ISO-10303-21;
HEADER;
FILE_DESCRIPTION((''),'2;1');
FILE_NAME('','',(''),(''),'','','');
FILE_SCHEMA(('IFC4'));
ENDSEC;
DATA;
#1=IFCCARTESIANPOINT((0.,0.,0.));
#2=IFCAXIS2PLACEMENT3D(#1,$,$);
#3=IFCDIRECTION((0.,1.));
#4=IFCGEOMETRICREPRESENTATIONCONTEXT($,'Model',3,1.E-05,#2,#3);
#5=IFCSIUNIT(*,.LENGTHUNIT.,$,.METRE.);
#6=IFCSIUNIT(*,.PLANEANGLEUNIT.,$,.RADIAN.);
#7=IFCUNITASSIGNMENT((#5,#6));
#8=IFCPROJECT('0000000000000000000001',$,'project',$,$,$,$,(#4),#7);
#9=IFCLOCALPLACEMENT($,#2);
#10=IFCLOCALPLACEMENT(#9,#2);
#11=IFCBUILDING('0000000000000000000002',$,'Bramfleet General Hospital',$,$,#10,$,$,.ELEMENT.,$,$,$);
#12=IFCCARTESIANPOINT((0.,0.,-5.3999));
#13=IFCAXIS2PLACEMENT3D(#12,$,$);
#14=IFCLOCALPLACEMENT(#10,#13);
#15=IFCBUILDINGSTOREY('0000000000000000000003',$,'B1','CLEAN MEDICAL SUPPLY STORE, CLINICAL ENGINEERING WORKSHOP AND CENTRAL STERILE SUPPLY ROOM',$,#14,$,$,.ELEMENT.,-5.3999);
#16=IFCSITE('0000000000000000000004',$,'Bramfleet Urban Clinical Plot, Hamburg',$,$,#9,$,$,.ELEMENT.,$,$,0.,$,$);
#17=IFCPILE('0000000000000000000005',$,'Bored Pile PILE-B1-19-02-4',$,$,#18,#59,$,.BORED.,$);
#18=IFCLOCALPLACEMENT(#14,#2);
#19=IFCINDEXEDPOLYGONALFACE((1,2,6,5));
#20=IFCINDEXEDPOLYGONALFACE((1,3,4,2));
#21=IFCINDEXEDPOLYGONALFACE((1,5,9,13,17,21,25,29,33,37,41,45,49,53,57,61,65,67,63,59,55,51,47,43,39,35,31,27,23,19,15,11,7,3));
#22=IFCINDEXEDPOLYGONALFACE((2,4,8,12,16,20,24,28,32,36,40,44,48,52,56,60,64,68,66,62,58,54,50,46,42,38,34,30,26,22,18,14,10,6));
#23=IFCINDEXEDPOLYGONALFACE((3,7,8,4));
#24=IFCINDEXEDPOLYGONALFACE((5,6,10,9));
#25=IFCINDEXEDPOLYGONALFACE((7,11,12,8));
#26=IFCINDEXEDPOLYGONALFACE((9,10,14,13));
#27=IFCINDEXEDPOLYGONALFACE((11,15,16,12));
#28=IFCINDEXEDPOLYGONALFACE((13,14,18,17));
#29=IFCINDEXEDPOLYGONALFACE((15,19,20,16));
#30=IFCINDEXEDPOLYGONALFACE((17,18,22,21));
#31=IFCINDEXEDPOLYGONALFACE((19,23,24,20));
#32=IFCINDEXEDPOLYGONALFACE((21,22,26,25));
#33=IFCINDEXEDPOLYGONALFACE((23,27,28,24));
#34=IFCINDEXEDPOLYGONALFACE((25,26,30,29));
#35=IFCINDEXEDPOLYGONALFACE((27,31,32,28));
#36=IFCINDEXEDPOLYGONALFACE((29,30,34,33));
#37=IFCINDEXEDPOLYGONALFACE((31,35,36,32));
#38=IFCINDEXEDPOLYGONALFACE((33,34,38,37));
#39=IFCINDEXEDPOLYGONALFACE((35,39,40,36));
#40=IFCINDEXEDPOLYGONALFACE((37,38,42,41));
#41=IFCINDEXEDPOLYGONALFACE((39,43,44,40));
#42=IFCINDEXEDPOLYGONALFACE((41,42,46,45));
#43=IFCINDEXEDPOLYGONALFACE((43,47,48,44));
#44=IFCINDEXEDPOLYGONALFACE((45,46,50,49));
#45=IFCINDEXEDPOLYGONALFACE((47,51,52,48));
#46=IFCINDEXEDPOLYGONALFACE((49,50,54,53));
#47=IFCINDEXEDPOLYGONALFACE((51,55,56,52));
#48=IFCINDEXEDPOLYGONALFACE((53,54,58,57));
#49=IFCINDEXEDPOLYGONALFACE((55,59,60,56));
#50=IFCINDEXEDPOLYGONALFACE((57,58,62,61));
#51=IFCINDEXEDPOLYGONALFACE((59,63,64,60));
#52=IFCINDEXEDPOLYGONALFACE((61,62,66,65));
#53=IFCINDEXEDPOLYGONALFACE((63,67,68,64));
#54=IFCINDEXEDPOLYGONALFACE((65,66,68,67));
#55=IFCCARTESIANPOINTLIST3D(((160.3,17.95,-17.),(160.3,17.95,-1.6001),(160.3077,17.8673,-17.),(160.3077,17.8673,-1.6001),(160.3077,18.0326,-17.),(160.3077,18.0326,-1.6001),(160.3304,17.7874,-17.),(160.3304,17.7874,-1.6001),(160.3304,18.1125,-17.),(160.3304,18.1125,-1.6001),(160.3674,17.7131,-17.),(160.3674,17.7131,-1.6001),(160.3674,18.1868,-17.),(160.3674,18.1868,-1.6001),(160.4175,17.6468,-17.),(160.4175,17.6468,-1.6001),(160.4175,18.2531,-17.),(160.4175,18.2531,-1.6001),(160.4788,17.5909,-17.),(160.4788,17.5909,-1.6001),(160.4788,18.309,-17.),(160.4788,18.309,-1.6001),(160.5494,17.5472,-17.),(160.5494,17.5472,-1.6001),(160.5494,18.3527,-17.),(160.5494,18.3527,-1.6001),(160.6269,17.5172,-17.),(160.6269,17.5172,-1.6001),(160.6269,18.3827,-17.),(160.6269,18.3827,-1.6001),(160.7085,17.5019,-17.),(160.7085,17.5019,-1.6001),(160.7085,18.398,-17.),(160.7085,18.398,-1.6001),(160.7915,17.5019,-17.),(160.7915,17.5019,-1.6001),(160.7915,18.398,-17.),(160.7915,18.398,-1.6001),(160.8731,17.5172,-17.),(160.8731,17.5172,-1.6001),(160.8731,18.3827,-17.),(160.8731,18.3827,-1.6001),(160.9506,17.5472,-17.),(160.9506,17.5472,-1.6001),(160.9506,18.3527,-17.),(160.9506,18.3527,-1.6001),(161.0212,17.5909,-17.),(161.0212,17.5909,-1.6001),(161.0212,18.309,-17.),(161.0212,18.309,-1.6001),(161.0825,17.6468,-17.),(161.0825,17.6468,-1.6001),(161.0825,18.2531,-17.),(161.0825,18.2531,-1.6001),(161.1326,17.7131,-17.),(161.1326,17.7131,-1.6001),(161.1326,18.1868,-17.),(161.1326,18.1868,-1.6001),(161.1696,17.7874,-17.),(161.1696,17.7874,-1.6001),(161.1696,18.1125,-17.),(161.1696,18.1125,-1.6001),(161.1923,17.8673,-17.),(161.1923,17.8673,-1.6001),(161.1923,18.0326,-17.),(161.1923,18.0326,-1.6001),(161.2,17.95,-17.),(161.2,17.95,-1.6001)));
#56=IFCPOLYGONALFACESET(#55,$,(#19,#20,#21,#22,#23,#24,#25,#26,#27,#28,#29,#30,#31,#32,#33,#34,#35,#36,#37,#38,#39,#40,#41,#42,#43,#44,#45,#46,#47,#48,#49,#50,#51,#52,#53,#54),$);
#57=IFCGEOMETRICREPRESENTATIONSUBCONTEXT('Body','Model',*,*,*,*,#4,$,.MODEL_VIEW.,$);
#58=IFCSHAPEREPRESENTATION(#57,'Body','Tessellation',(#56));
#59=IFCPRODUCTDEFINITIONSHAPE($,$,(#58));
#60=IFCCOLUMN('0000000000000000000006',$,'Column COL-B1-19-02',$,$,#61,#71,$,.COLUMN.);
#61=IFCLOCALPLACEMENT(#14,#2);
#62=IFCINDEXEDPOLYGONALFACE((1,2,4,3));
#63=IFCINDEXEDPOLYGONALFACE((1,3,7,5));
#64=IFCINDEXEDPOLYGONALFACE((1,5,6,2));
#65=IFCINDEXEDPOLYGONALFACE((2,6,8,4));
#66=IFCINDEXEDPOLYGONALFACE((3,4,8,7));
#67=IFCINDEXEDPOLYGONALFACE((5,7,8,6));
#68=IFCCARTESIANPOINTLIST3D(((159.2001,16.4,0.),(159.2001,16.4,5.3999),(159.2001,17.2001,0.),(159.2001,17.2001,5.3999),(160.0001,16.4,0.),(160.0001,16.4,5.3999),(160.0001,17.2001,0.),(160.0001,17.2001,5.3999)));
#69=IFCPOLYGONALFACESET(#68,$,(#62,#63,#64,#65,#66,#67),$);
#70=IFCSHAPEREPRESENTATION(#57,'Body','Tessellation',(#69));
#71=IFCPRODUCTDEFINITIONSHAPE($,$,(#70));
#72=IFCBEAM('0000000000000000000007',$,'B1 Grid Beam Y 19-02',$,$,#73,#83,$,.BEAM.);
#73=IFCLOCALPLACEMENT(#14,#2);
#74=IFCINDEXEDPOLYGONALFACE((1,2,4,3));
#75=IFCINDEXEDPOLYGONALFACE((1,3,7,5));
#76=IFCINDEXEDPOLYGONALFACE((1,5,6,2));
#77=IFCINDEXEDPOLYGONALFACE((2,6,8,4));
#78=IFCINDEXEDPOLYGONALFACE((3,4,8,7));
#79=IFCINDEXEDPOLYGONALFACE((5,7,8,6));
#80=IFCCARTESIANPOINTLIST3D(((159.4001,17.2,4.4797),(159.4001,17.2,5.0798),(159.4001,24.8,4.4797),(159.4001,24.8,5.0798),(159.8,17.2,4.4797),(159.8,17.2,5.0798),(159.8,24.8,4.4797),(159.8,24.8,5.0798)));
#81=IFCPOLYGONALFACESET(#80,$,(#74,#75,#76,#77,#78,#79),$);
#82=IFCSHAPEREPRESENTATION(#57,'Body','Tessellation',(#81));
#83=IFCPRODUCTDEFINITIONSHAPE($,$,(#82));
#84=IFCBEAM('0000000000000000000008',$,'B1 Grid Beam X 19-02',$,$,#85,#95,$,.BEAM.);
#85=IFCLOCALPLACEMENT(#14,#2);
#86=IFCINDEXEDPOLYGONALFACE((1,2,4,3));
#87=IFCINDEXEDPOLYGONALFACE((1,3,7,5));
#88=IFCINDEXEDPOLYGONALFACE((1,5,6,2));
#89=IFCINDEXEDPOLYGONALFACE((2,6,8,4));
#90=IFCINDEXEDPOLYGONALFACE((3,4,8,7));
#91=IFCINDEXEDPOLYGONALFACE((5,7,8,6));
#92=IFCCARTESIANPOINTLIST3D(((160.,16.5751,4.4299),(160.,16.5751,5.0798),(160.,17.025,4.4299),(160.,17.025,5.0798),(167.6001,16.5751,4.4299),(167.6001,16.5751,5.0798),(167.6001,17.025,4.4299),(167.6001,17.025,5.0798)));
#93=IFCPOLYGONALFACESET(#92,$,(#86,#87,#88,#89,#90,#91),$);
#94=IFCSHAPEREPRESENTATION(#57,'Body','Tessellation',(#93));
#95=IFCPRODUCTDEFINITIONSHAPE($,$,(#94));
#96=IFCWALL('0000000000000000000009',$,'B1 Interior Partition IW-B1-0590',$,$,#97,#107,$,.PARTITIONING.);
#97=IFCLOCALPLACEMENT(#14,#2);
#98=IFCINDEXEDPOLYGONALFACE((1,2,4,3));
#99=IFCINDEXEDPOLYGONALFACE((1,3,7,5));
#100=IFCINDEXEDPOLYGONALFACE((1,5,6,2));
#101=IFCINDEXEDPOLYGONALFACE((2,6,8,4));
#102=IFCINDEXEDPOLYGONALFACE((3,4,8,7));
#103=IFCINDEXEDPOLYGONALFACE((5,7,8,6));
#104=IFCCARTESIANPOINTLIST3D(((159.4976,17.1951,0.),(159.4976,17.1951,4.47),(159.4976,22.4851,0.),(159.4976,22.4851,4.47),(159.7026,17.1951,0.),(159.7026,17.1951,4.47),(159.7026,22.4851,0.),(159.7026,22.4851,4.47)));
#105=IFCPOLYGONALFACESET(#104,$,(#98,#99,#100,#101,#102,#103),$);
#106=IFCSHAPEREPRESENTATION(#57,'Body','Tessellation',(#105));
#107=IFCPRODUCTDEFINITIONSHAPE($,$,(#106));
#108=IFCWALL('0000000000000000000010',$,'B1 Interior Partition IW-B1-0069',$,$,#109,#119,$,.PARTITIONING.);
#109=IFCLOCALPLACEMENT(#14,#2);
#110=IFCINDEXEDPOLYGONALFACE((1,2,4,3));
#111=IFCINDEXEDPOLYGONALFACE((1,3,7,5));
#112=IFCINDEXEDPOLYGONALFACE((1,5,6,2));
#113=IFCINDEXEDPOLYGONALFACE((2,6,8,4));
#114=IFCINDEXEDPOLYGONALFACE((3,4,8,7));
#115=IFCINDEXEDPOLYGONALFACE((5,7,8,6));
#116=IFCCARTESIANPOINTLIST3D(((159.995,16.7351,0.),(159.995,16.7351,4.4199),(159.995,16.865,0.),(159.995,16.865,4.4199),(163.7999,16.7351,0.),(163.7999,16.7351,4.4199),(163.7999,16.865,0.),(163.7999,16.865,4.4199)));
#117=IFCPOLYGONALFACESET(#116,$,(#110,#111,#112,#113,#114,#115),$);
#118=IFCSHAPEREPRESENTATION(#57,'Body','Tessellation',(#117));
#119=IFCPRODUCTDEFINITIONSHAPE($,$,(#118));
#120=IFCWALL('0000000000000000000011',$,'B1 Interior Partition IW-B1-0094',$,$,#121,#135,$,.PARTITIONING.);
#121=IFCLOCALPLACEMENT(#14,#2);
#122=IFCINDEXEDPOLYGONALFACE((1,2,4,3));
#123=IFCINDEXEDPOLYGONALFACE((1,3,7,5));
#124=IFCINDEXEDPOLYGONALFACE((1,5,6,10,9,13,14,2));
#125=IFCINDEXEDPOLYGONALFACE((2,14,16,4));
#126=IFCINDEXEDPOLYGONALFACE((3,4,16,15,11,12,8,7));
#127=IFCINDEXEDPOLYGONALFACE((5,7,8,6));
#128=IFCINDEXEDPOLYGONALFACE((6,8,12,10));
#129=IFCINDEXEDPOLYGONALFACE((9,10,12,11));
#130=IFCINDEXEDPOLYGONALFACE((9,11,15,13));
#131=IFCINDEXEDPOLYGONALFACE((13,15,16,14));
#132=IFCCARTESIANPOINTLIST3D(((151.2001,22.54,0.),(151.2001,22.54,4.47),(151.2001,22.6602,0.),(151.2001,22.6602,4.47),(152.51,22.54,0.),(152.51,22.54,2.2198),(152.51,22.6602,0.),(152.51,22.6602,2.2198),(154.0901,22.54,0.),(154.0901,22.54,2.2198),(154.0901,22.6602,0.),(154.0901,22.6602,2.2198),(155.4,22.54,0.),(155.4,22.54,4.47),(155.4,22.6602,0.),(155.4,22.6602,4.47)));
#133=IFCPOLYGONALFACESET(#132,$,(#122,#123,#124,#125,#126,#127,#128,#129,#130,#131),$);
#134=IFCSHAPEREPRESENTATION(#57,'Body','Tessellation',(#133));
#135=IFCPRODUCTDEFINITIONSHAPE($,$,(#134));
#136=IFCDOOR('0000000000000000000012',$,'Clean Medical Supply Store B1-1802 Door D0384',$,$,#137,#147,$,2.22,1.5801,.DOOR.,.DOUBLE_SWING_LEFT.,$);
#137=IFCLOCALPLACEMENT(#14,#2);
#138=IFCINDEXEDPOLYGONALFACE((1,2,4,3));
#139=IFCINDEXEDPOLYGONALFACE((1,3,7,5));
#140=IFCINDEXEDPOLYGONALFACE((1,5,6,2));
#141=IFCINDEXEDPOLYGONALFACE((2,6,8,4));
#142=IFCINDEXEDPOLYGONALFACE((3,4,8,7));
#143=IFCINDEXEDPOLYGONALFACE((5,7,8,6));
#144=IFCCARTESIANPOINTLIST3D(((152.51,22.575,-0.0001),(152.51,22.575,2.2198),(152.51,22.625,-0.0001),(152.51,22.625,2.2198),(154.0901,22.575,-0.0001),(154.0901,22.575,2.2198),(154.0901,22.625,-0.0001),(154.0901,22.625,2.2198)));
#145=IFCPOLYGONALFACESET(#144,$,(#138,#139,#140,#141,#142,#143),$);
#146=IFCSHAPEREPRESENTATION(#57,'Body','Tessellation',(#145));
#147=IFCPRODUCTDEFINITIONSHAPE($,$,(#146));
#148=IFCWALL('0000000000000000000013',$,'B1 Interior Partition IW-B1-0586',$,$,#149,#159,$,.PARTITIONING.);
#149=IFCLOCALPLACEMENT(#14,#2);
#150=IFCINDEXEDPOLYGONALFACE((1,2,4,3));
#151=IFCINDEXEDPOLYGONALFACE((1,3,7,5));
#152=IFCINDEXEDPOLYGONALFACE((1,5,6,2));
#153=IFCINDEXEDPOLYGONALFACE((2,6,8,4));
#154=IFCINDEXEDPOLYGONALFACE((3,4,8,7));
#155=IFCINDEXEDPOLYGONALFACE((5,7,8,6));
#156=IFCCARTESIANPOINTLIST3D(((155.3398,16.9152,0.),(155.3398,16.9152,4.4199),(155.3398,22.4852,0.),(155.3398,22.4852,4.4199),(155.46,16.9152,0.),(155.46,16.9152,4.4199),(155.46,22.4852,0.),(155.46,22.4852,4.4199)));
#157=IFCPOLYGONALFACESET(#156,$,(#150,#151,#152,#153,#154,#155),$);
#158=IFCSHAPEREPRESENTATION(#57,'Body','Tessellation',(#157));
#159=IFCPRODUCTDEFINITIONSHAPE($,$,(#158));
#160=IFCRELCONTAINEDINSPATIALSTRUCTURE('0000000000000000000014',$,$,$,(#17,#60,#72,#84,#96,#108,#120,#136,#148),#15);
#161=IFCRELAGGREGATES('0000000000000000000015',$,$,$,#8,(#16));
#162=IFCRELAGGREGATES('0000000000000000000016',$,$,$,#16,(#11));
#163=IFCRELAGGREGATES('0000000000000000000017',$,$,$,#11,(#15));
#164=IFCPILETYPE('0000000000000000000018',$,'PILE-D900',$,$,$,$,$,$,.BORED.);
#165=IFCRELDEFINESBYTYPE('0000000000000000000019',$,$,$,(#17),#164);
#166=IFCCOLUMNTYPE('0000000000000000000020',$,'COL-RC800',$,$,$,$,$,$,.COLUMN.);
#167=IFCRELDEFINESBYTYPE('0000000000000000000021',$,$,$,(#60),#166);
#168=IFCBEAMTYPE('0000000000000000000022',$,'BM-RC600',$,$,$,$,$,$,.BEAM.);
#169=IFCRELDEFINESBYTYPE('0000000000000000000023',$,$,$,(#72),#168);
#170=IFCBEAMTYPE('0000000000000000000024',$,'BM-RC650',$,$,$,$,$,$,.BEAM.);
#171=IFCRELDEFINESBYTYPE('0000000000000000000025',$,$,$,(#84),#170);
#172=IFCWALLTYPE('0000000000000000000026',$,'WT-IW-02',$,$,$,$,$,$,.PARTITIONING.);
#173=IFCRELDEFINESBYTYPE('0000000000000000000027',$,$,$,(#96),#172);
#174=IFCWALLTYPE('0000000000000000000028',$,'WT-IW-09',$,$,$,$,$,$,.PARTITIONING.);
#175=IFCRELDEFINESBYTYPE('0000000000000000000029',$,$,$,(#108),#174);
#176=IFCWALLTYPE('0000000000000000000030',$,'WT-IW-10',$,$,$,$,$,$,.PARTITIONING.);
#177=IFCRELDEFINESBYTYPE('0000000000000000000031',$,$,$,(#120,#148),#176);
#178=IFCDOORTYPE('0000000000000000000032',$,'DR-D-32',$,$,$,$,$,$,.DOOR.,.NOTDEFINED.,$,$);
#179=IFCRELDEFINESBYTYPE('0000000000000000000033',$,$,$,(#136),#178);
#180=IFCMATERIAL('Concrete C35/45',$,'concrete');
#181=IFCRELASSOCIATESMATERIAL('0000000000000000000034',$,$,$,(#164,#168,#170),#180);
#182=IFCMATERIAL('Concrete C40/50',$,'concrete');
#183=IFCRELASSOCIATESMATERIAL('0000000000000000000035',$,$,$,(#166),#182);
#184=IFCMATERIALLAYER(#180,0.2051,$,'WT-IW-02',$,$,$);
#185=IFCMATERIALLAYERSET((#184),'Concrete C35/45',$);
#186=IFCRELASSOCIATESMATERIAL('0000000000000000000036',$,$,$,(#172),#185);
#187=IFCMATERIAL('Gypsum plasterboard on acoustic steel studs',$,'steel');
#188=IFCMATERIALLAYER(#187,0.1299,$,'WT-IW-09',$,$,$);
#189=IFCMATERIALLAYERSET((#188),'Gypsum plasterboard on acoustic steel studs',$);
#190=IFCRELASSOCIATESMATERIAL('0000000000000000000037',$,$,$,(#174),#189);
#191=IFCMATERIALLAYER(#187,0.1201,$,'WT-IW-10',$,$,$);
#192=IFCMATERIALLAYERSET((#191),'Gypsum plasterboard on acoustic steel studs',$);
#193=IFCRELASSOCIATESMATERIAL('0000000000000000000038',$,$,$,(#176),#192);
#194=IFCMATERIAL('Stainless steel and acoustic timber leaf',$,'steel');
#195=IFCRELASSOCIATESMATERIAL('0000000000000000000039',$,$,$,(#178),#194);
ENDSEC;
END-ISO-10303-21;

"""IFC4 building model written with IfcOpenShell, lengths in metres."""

from ifc_helpers import new_model, si_unit, direction, frame, frame_2d, origin, origin_2d, place, context, subcontext, project, spatial, rectangle, circle, extrude, material, layer, layer_set, material_profile, profile_set, type_object, element, fill, save


model = new_model("IFC4")

# Units and contexts
model_context = context("Model", 3, precision=1e-05, world=origin(), true_north=direction((0.0, 1.0)))
body_context = subcontext(model_context, "Body", "Model", "MODEL_VIEW")
ifc_project = project(units=[si_unit("LENGTHUNIT", "METRE"), si_unit("PLANEANGLEUNIT", "RADIAN")], contexts=[model_context])

# Site, building, storey
site_placement = place(None, origin())
site = spatial("IfcSite", under=ifc_project, at=site_placement, Name="Bramfleet Urban Clinical Plot, Hamburg", CompositionType="ELEMENT", RefElevation=0.0)
building_placement = place(site_placement, origin())
building = spatial("IfcBuilding", under=site, at=building_placement, Name="Bramfleet General Hospital", CompositionType="ELEMENT")
storey_placement = place(building_placement, frame((0.0, 0.0, -5.3999)))
storey = spatial("IfcBuildingStorey", under=building, at=storey_placement, Name="B1", Description="CLEAN MEDICAL SUPPLY STORE, CLINICAL ENGINEERING WORKSHOP AND CENTRAL STERILE SUPPLY ROOM", CompositionType="ELEMENT", Elevation=-5.3999)

# Shared definitions
ifc_material_1 = material(Name="Concrete C35/45", Category="concrete")

# Pile
ifc_material_profile_1 = material_profile(ifc_material_1, circle(Radius=0.45, at=origin_2d()), Name="PILE BORED D900")
ifc_profile_set_1 = profile_set([ifc_material_profile_1], Name="Concrete C35/45")
pile_type = type_object("IfcPileType", Name="PILE-D900", PredefinedType="BORED", material=ifc_profile_set_1)
for number, where, z_axis, x_axis, name in (
    (1, (160.75, 17.95, -1.6001), (0.0, 0.0, -1.0), (1.0, 0.0, 0.0), "Bored Pile PILE-B1-19-02-4"),
):
    element("IfcPile", number, at=place(storey_placement, frame(where, z_axis=z_axis, x_axis=x_axis)), inside=storey, type_object=pile_type, Name=name, PredefinedType="BORED", context=body_context, shape_type="SweptSolid", body=[
        extrude(circle(Radius=0.45, at=origin_2d()), origin(), (0.0, 0.0, 1.0), 15.3999),
    ])

# Column
ifc_material_2 = material(Name="Concrete C40/50", Category="concrete")
ifc_material_profile_2 = material_profile(ifc_material_2, rectangle(XDim=0.8, YDim=0.8, at=origin_2d()), Name="RC COL 800x800")
ifc_profile_set_2 = profile_set([ifc_material_profile_2], Name="Concrete C40/50")
column_type = type_object("IfcColumnType", Name="COL-RC800", PredefinedType="COLUMN", material=ifc_profile_set_2)
column_placement = place(storey_placement, frame((159.6001, 16.8, 0.0), z_axis=(0.0, 0.0, 1.0), x_axis=(1.0, 0.0, 0.0)))
element("IfcColumn", 2, at=column_placement, inside=storey, type_object=column_type, Name="Column COL-B1-19-02", PredefinedType="COLUMN", context=body_context, shape_type="SweptSolid", body=[
    extrude(rectangle(XDim=0.8, YDim=0.8, at=origin_2d()), origin(), (0.0, 0.0, 1.0), 5.3999),
])

# Beams
ifc_material_profile_3 = material_profile(ifc_material_1, rectangle(XDim=0.3999, YDim=0.6001, at=origin_2d()), Name="RC BM 600x400")
ifc_profile_set_3 = profile_set([ifc_material_profile_3], Name="Concrete C35/45")
beam_type_1 = type_object("IfcBeamType", Name="BM-RC600", PredefinedType="BEAM", material=ifc_profile_set_3)
beam_1_placement = place(storey_placement, frame((159.6001, 17.2, 4.7798), z_axis=(0.0, 1.0, 0.0), x_axis=(-1.0, 0.0, 0.0)))
element("IfcBeam", 3, at=beam_1_placement, inside=storey, type_object=beam_type_1, Name="B1 Grid Beam Y 19-02", PredefinedType="BEAM", context=body_context, shape_type="SweptSolid", body=[
    extrude(rectangle(XDim=0.3999, YDim=0.6001, at=origin_2d()), origin(), (0.0, 0.0, 1.0), 7.6001),
])
ifc_material_profile_4 = material_profile(ifc_material_1, rectangle(XDim=0.45, YDim=0.6499, at=origin_2d()), Name="RC BM 650x450")
ifc_profile_set_4 = profile_set([ifc_material_profile_4], Name="Concrete C35/45")
beam_type_2 = type_object("IfcBeamType", Name="BM-RC650", PredefinedType="BEAM", material=ifc_profile_set_4)
beam_2_placement = place(storey_placement, frame((160.0, 16.8, 4.7549), z_axis=(1.0, 0.0, 0.0), x_axis=(0.0, 1.0, 0.0)))
element("IfcBeam", 4, at=beam_2_placement, inside=storey, type_object=beam_type_2, Name="B1 Grid Beam X 19-02", PredefinedType="BEAM", context=body_context, shape_type="SweptSolid", body=[
    extrude(rectangle(XDim=0.45, YDim=0.6499, at=origin_2d()), origin(), (0.0, 0.0, 1.0), 7.6001),
])

# Walls
ifc_layer_1 = layer(ifc_material_1, 0.2051, Name="WT-IW-02")
ifc_layer_set_1 = layer_set([ifc_layer_1], Name="Concrete C35/45")
wall_type_1 = type_object("IfcWallType", Name="WT-IW-02", PredefinedType="PARTITIONING", material=ifc_layer_set_1)
wall_1_placement = place(storey_placement, frame((159.6001, 17.1951, 0.0), z_axis=(0.0, 0.0, 1.0), x_axis=(0.0, 1.0, 0.0)))
element("IfcWall", 5, at=wall_1_placement, inside=storey, type_object=wall_type_1, Name="B1 Interior Partition IW-B1-0590", PredefinedType="PARTITIONING", context=body_context, shape_type="SweptSolid", body=[
    extrude(rectangle(XDim=5.29, YDim=0.2051, at=frame_2d((2.645, 0.0))), origin(), (0.0, 0.0, 1.0), 4.47),
])
ifc_material_3 = material(Name="Gypsum plasterboard on acoustic steel studs", Category="steel")
ifc_layer_2 = layer(ifc_material_3, 0.1299, Name="WT-IW-09")
ifc_layer_set_2 = layer_set([ifc_layer_2], Name="Gypsum plasterboard on acoustic steel studs")
wall_type_2 = type_object("IfcWallType", Name="WT-IW-09", PredefinedType="PARTITIONING", material=ifc_layer_set_2)
wall_2_placement = place(storey_placement, frame((159.9951, 16.8, 0.0), z_axis=(0.0, 0.0, 1.0), x_axis=(1.0, 0.0, 0.0)))
element("IfcWall", 6, at=wall_2_placement, inside=storey, type_object=wall_type_2, Name="B1 Interior Partition IW-B1-0069", PredefinedType="PARTITIONING", context=body_context, shape_type="SweptSolid", body=[
    extrude(rectangle(XDim=3.8049, YDim=0.1299, at=frame_2d((1.9023, 0.0))), origin(), (0.0, 0.0, 1.0), 4.4199),
])

# Wall, opening, door
ifc_layer_3 = layer(ifc_material_3, 0.1201, Name="WT-IW-10")
ifc_layer_set_3 = layer_set([ifc_layer_3], Name="Gypsum plasterboard on acoustic steel studs")
wall_type_3 = type_object("IfcWallType", Name="WT-IW-10", PredefinedType="PARTITIONING", material=ifc_layer_set_3)
wall_3_placement = place(storey_placement, frame((151.2, 22.6001, 0.0), z_axis=(0.0, 0.0, 1.0), x_axis=(1.0, 0.0, 0.0)))
wall_3 = element("IfcWall", 7, at=wall_3_placement, inside=storey, type_object=wall_type_3, Name="B1 Interior Partition IW-B1-0094", PredefinedType="PARTITIONING", context=body_context, shape_type="SweptSolid", body=[
    extrude(rectangle(XDim=4.2, YDim=0.1201, at=frame_2d((2.1001, 0.0))), origin(), (0.0, 0.0, 1.0), 4.47),
])
opening_1_placement = place(wall_3_placement, frame((1.3101, 0.0, 0.0)))
opening_1 = element("IfcOpeningElement", 8, at=opening_1_placement, cuts=wall_3, PredefinedType="OPENING", context=body_context, shape_type="SweptSolid", body=[
    extrude(rectangle(XDim=1.5801, YDim=2.22, at=frame_2d((0.79, 1.1099))), frame((0.0, 0.0701, 0.0), z_axis=(0.0, -1.0, 0.0), x_axis=(1.0, 0.0, 0.0)), (0.0, 0.0, 1.0), 0.1401),
])
ifc_material_4 = material(Name="Stainless steel and acoustic timber leaf", Category="steel")
door_type_1 = type_object("IfcDoorType", Name="DR-D-32", OperationType="NOTDEFINED", PredefinedType="DOOR", material=ifc_material_4)
door_1_placement = place(opening_1_placement, origin())
door_1 = element("IfcDoor", 9, at=door_1_placement, inside=storey, type_object=door_type_1, Name="Clean Medical Supply Store B1-1802 Door D0384", OperationType="DOUBLE_SWING_LEFT", OverallHeight=2.22, OverallWidth=1.5801, PredefinedType="DOOR", context=body_context, shape_type="SweptSolid", body=[
    extrude(rectangle(XDim=1.5801, YDim=2.22, at=frame_2d((0.79, 1.1099))), frame((0.0, 0.0249, 0.0), z_axis=(0.0, -1.0, 0.0), x_axis=(1.0, 0.0, 0.0)), (0.0, 0.0, 1.0), 0.05),
])
fill(opening_1, door_1)

# Wall
wall_4_placement = place(storey_placement, frame((155.3999, 16.915, 0.0), z_axis=(0.0, 0.0, 1.0), x_axis=(0.0, 1.0, 0.0)))
element("IfcWall", 10, at=wall_4_placement, inside=storey, type_object=wall_type_3, Name="B1 Interior Partition IW-B1-0586", PredefinedType="PARTITIONING", context=body_context, shape_type="SweptSolid", body=[
    extrude(rectangle(XDim=5.5701, YDim=0.1201, at=frame_2d((2.7852, 0.0))), origin(), (0.0, 0.0, 1.0), 4.4199),
])

save(model, "model.ifc")
